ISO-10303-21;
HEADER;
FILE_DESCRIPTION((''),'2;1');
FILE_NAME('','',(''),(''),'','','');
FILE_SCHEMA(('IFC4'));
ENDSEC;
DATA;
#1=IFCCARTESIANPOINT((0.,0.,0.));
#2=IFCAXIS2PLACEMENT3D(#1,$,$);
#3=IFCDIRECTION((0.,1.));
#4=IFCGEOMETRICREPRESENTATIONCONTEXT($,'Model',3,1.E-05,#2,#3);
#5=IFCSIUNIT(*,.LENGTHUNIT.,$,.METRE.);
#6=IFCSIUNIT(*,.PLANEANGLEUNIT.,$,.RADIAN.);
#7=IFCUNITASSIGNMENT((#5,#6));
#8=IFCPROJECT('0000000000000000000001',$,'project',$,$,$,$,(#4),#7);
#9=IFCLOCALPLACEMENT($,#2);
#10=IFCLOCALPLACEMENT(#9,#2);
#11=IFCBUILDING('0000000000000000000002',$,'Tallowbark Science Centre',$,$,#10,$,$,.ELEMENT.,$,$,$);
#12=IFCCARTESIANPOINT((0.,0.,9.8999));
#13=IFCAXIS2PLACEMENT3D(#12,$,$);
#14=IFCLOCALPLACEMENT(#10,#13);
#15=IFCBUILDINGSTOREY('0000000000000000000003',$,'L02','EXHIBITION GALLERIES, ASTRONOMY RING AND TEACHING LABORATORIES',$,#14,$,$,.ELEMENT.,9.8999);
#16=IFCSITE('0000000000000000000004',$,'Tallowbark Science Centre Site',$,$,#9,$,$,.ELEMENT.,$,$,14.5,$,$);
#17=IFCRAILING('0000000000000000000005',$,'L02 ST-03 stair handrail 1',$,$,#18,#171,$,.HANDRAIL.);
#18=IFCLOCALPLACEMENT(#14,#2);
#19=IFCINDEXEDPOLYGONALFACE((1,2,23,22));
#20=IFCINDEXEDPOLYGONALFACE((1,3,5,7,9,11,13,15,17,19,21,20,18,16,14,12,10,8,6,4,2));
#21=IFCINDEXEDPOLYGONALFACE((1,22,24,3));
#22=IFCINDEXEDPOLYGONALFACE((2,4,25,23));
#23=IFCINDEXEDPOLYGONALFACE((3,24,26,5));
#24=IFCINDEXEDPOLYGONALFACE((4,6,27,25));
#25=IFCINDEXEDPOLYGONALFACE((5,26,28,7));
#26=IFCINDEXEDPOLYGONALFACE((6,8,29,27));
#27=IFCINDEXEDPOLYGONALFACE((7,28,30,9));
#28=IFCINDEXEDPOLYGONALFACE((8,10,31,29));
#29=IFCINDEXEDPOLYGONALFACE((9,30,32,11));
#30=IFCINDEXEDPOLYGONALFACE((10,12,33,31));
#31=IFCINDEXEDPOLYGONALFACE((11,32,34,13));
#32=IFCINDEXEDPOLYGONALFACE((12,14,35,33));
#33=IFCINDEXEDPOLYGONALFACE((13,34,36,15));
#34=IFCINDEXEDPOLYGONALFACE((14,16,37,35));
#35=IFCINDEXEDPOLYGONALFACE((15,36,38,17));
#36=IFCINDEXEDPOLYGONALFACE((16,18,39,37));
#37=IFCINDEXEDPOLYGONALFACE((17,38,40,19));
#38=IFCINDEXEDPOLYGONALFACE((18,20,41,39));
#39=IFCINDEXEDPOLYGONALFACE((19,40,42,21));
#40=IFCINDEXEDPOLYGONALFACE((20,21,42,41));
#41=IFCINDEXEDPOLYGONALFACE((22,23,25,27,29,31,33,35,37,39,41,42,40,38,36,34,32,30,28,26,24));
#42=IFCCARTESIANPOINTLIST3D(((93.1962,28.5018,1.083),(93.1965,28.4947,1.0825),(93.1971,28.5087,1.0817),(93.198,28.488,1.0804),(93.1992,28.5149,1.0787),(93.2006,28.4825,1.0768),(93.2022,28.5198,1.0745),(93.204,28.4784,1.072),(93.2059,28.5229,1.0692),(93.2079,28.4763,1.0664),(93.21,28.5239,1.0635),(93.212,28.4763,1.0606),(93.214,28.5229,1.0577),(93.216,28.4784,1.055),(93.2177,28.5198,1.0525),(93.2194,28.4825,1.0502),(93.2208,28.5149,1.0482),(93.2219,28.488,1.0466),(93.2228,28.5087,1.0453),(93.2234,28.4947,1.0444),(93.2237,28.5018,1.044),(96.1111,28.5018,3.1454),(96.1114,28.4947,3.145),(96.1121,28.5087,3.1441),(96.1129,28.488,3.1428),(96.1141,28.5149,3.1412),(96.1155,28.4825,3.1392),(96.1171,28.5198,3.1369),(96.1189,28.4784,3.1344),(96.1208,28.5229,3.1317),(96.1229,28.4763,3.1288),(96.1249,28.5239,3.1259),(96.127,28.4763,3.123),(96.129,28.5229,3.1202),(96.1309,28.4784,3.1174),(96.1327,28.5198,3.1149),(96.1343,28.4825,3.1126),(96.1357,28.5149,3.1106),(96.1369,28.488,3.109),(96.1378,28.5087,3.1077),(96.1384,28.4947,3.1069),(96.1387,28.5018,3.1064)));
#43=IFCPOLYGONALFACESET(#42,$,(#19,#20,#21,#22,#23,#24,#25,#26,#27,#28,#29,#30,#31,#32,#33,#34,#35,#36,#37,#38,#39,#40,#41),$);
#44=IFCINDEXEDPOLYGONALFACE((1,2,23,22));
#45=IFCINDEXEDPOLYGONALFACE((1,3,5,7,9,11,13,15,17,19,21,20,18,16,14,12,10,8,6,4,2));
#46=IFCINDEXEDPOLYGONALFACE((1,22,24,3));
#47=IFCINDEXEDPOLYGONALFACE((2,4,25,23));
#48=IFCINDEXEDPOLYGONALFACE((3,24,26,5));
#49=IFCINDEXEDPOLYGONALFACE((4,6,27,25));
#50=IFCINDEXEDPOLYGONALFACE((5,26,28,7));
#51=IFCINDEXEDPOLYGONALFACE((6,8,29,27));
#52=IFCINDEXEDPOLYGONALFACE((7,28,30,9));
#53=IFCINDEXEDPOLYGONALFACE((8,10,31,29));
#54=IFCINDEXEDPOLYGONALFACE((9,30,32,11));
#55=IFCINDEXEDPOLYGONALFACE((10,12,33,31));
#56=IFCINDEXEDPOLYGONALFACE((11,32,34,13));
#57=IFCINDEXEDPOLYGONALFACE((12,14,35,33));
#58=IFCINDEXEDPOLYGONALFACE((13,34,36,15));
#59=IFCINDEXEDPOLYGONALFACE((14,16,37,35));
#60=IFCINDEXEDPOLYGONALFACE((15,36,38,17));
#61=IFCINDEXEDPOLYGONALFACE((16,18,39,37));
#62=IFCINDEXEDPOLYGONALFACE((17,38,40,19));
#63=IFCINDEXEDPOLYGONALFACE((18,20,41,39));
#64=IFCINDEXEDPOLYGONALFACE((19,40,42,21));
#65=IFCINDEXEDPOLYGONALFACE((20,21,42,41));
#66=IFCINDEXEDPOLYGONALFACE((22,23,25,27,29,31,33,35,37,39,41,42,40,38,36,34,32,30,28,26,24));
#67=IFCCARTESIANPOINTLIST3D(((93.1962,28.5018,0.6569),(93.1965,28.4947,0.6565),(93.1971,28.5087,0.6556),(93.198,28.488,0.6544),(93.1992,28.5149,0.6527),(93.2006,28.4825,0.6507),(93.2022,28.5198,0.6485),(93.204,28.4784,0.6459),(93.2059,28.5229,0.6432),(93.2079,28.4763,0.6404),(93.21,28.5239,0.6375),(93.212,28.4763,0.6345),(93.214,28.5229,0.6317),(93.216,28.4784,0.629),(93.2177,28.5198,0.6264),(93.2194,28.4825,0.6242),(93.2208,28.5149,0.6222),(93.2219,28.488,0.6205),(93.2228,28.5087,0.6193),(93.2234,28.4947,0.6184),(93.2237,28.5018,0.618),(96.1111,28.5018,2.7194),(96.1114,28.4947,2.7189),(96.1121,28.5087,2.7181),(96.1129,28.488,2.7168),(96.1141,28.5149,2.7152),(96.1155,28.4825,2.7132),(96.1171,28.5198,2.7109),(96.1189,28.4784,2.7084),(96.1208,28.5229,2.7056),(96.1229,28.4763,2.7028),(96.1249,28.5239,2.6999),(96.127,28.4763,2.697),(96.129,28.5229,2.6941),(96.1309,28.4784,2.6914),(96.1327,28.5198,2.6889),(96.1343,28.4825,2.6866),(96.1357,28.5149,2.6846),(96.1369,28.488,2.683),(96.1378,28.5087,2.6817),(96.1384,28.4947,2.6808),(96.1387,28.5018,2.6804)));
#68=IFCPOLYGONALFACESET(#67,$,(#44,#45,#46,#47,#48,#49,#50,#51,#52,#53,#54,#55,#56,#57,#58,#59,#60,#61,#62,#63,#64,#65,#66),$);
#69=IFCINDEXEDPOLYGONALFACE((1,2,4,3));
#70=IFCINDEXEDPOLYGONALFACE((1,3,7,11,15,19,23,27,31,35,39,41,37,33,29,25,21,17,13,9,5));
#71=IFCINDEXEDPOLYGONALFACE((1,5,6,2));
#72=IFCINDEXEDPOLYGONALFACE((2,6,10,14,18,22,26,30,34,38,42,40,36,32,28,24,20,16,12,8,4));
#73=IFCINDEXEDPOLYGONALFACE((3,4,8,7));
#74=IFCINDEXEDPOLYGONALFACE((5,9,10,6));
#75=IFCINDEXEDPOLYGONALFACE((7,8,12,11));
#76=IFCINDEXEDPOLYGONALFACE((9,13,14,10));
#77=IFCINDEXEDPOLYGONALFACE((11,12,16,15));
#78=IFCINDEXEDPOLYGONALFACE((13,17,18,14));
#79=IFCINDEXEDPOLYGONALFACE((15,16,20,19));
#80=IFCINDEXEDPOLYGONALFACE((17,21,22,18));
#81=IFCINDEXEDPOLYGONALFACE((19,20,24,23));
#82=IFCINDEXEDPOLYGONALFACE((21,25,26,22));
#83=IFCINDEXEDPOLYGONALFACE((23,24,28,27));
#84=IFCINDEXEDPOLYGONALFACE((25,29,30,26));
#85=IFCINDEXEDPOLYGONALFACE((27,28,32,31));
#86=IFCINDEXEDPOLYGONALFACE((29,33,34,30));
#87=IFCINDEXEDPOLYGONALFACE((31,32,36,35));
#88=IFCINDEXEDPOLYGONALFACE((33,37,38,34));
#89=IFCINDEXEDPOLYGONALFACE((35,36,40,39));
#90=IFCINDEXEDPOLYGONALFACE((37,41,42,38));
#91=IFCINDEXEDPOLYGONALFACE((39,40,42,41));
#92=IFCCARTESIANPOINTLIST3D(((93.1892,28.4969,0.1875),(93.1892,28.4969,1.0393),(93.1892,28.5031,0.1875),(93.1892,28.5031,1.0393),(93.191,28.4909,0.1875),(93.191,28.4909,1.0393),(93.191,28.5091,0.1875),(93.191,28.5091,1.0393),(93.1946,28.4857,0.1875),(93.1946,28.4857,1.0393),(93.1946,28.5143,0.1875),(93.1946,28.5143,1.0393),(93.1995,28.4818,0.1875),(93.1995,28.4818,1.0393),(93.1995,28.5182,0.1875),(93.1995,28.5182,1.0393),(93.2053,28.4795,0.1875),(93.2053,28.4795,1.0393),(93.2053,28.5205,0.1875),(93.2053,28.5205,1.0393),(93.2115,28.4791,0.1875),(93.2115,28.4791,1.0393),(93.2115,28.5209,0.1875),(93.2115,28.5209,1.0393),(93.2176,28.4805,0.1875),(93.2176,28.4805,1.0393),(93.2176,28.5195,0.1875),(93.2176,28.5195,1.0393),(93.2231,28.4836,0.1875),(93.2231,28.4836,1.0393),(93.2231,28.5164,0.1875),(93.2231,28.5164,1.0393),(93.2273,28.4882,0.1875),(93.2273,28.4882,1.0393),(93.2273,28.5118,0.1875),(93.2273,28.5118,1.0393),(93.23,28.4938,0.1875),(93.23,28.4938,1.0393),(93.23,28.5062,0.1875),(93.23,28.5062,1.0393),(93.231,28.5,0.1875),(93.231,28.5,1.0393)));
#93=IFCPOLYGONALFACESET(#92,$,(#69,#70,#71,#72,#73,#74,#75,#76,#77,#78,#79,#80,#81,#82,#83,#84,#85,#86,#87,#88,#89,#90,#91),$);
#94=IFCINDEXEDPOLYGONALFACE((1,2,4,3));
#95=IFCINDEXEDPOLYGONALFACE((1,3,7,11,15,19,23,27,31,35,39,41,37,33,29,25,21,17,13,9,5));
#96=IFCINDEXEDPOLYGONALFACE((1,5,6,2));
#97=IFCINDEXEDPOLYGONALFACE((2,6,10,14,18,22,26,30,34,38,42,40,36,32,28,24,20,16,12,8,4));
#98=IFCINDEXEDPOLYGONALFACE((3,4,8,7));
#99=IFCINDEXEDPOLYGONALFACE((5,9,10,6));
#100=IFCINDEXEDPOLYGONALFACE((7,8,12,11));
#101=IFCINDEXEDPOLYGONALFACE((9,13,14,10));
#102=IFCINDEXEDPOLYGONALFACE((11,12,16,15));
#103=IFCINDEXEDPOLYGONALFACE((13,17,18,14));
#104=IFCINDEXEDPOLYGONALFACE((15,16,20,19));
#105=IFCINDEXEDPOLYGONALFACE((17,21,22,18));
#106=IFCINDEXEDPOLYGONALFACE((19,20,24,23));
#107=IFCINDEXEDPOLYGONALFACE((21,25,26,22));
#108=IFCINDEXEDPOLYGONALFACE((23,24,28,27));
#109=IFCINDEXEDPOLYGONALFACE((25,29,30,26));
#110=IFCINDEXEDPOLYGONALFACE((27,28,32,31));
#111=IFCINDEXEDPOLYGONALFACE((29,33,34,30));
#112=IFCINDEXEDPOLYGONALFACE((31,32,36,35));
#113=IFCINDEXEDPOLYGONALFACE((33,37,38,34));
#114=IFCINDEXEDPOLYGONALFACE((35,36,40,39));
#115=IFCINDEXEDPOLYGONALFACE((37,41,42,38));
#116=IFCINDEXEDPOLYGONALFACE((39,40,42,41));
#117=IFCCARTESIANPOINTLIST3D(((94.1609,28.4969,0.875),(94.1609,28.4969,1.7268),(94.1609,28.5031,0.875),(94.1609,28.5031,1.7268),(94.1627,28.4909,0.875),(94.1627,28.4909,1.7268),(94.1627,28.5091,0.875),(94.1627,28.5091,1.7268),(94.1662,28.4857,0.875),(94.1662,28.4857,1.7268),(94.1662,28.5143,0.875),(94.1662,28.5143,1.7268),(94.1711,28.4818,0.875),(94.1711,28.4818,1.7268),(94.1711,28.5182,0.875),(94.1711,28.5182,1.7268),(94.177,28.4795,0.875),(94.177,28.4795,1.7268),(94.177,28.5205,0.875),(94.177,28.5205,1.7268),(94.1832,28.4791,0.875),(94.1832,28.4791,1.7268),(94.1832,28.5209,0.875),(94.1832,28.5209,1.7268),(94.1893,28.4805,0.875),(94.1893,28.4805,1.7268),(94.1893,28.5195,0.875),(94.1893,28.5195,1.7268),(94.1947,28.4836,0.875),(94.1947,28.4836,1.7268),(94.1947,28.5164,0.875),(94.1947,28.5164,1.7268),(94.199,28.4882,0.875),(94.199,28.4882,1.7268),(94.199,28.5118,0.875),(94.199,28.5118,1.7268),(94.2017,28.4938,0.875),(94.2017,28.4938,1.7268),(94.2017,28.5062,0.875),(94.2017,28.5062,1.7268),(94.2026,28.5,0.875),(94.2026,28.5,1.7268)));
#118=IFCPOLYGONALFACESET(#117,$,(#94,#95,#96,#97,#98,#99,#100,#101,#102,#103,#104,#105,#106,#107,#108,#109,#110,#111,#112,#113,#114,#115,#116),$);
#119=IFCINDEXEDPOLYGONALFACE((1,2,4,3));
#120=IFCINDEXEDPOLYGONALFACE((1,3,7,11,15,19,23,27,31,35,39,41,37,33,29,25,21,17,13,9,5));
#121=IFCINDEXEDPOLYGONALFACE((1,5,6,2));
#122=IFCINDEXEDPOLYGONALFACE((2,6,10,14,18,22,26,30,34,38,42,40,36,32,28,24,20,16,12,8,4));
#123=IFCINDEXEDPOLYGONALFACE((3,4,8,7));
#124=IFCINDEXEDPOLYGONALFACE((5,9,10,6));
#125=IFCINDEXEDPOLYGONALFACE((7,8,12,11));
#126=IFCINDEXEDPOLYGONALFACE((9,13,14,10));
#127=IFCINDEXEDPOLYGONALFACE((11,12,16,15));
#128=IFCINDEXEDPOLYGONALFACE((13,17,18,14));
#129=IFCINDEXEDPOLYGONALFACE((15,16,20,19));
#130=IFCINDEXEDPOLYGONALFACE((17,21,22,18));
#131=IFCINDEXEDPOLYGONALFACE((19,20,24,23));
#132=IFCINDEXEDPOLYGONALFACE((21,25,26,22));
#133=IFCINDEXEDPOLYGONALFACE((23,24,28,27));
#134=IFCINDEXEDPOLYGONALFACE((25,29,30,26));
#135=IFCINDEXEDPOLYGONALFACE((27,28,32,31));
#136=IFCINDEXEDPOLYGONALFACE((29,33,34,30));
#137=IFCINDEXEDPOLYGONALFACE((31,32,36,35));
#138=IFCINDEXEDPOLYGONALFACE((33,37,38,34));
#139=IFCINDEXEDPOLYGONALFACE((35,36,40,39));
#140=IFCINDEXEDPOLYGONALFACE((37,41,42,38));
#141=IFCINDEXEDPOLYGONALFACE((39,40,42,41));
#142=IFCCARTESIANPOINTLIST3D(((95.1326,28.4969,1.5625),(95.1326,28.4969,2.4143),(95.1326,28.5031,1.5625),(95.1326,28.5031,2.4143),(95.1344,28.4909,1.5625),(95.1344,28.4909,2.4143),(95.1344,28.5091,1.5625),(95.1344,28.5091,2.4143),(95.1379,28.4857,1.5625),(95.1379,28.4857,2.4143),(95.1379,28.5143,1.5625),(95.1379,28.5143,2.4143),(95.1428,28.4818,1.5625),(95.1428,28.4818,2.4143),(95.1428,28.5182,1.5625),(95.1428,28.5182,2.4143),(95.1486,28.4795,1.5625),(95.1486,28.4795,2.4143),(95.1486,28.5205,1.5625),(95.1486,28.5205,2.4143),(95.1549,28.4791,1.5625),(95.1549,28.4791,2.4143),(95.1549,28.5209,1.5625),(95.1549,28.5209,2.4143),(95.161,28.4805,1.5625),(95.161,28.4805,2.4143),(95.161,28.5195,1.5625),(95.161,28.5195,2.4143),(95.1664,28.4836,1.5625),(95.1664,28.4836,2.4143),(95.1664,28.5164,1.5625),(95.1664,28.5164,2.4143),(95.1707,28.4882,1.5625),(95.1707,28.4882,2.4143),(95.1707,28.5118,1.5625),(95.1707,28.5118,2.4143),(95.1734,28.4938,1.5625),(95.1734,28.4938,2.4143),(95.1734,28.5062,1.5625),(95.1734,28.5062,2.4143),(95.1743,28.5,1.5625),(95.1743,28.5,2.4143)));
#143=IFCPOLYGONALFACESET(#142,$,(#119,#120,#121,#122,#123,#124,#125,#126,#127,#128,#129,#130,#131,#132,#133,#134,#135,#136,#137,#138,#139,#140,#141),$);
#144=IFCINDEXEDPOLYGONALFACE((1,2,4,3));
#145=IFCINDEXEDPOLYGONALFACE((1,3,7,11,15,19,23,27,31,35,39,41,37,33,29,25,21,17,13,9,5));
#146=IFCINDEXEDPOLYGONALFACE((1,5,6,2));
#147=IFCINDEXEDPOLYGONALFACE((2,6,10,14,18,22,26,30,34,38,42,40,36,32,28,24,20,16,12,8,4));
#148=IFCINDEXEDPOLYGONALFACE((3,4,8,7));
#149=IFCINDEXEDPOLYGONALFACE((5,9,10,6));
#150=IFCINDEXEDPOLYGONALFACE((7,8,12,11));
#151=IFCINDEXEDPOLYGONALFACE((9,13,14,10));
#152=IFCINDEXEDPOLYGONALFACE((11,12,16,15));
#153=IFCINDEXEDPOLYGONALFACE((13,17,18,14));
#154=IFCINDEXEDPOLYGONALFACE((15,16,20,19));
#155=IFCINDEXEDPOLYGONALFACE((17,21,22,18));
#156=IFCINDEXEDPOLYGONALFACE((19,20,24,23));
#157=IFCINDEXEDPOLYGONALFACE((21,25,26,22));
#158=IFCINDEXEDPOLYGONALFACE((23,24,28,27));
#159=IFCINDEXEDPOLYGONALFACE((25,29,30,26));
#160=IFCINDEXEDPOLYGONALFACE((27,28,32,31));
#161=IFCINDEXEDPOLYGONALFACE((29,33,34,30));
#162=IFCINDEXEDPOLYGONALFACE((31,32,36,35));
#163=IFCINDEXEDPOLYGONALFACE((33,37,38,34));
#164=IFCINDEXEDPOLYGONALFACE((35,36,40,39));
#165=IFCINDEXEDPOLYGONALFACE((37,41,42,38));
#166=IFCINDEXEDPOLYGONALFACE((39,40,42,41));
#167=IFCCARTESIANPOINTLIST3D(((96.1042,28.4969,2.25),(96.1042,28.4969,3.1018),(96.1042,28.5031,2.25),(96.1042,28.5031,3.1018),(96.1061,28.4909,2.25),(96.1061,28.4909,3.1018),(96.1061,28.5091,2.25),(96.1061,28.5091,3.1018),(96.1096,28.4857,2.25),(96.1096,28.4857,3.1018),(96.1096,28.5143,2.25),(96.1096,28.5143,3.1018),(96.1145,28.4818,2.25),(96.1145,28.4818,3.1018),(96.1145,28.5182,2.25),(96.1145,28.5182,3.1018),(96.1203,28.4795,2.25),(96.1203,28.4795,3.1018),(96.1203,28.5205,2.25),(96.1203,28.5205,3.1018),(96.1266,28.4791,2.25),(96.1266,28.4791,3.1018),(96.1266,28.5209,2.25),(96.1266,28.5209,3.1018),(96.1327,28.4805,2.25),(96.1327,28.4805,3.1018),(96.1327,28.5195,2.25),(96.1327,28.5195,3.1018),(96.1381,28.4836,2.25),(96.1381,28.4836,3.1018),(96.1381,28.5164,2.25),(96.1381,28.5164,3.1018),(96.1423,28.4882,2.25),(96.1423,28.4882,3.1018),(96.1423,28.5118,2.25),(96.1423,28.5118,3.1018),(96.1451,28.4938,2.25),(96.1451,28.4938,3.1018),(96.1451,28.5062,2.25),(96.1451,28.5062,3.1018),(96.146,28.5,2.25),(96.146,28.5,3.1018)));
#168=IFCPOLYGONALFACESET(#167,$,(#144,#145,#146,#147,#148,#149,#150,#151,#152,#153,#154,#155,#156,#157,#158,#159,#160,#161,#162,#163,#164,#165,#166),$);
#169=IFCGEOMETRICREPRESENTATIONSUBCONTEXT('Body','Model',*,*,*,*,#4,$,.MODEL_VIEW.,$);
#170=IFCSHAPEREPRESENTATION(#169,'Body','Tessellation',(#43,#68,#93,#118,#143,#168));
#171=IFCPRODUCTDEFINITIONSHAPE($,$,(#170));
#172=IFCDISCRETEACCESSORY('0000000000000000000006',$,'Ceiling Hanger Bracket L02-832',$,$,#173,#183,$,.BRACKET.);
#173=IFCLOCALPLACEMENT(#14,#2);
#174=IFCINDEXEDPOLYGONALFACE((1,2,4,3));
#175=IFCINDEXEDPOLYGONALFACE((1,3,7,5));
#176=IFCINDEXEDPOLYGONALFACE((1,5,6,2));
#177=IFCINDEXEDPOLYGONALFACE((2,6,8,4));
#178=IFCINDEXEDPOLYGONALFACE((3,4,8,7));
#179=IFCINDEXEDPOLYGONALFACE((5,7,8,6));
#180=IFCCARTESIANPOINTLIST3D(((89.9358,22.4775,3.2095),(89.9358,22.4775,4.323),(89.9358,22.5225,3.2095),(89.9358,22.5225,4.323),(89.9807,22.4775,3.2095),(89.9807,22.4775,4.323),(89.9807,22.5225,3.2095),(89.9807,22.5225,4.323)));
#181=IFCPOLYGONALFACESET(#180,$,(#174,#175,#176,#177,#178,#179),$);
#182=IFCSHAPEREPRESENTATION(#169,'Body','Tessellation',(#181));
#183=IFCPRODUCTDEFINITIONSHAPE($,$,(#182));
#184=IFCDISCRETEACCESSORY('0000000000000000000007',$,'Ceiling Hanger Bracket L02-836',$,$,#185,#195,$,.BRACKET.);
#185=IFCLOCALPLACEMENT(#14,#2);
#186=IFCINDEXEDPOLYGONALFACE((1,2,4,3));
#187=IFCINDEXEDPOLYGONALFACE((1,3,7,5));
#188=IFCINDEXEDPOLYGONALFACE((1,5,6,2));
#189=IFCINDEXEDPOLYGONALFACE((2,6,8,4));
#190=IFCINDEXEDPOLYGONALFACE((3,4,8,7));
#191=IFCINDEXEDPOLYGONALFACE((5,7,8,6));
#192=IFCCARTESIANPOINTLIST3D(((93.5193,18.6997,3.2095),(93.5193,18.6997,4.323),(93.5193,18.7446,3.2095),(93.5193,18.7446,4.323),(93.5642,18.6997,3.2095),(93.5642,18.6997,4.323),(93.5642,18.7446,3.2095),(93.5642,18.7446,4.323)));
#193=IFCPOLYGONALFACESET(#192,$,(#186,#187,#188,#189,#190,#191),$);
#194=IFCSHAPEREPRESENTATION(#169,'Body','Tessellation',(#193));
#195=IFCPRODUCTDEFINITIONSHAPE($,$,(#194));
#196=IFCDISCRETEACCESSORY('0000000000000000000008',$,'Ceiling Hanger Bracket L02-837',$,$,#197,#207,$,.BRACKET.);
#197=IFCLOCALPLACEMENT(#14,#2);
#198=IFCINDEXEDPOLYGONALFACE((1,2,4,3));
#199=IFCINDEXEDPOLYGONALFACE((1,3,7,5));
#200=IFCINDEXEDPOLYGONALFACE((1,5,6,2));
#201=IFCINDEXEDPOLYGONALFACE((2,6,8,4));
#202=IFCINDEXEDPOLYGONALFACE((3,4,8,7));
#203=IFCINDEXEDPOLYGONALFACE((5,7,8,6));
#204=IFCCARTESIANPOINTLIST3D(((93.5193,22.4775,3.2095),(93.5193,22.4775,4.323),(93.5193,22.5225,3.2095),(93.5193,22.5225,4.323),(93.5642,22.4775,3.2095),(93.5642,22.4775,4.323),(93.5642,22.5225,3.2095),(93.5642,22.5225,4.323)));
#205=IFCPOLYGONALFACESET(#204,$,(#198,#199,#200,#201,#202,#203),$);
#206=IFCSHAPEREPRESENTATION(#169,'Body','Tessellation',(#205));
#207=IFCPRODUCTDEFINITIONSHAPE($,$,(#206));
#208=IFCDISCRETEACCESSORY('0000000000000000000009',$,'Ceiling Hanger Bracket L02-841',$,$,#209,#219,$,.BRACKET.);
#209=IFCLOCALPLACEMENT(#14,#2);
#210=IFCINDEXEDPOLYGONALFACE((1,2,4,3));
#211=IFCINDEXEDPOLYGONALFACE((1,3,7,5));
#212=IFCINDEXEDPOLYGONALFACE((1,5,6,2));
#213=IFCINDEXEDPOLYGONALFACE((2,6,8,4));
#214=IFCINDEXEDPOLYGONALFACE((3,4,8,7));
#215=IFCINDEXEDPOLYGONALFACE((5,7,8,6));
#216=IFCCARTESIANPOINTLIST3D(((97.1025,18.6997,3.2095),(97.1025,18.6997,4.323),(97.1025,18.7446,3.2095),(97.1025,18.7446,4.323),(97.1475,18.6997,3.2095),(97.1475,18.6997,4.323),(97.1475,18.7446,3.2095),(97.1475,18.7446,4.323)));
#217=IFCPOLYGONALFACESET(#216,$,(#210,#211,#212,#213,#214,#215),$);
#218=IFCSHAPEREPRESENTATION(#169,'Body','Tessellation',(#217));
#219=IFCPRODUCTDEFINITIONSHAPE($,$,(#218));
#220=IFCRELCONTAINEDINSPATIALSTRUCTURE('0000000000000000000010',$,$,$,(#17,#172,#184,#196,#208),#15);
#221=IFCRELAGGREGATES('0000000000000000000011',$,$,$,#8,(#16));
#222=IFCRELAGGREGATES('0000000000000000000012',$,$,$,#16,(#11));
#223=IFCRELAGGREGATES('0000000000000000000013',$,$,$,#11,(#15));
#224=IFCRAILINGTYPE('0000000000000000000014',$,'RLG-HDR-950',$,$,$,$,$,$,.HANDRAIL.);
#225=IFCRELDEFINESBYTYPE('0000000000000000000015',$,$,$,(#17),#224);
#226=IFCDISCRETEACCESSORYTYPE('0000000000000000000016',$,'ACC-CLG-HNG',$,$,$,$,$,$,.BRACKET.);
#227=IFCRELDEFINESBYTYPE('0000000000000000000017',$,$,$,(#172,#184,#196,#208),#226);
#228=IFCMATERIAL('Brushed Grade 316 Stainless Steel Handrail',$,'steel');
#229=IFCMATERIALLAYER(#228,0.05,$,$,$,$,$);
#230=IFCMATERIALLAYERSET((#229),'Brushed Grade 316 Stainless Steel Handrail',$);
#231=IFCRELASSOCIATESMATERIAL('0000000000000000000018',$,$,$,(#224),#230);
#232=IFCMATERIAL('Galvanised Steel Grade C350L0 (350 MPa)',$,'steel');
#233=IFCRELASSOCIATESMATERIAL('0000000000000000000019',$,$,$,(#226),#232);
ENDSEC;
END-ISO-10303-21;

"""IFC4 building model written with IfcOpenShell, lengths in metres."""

from ifc_helpers import new_model, si_unit, direction, frame, origin, origin_2d, place, context, subcontext, project, spatial, rectangle, circle, extrude, material, layer, layer_set, type_object, element, save


model = new_model("IFC4")

# Units and contexts
model_context = context("Model", 3, precision=1e-05, world=origin(), true_north=direction((0.0, 1.0)))
body_context = subcontext(model_context, "Body", "Model", "MODEL_VIEW")
ifc_project = project(units=[si_unit("LENGTHUNIT", "METRE"), si_unit("PLANEANGLEUNIT", "RADIAN")], contexts=[model_context])

# Site, building, storey
site_placement = place(None, origin())
site = spatial("IfcSite", under=ifc_project, at=site_placement, Name="Tallowbark Science Centre Site", CompositionType="ELEMENT", RefElevation=14.5)
building_placement = place(site_placement, origin())
building = spatial("IfcBuilding", under=site, at=building_placement, Name="Tallowbark Science Centre", CompositionType="ELEMENT")
storey_placement = place(building_placement, frame((0.0, 0.0, 9.8999)))
storey = spatial("IfcBuildingStorey", under=building, at=storey_placement, Name="L02", Description="EXHIBITION GALLERIES, ASTRONOMY RING AND TEACHING LABORATORIES", CompositionType="ELEMENT", Elevation=9.8999)

# Railing
ifc_material_1 = material(Name="Brushed Grade 316 Stainless Steel Handrail", Category="steel")
ifc_layer_1 = layer(ifc_material_1, 0.05)
ifc_layer_set_1 = layer_set([ifc_layer_1], Name="Brushed Grade 316 Stainless Steel Handrail")
railing_type_1 = type_object("IfcRailingType", Name="RLG-HDR-950", PredefinedType="HANDRAIL", material=ifc_layer_set_1)
railing_1_placement = place(storey_placement, frame((93.21, 28.5, 0.1875)))
element("IfcRailing", 1, at=railing_1_placement, inside=storey, type_object=railing_type_1, Name="L02 ST-03 stair handrail 1", PredefinedType="HANDRAIL", context=body_context, shape_type="SweptSolid", body=[
    extrude(circle(Radius=0.0239, at=origin_2d()), frame((0.0, 0.0, 0.876), z_axis=(0.816331, 0.0, 0.577585), x_axis=(0.0, 1.0, 0.0)), (0.0, 0.0, 1.0), 3.5708),
    extrude(circle(Radius=0.0239, at=origin_2d()), frame((0.0, 0.0, 0.45), z_axis=(0.816331, 0.0, 0.577585), x_axis=(0.0, 1.0, 0.0)), (0.0, 0.0, 1.0), 3.5708),
    extrude(circle(Radius=0.021, at=origin_2d()), origin(), (0.0, 0.0, 1.0), 0.8518),
    extrude(circle(Radius=0.021, at=origin_2d()), frame((0.9717, 0.0, 0.6875)), (0.0, 0.0, 1.0), 0.8518),
    extrude(circle(Radius=0.021, at=origin_2d()), frame((1.9434, 0.0, 1.375)), (0.0, 0.0, 1.0), 0.8518),
    extrude(circle(Radius=0.021, at=origin_2d()), frame((2.915, 0.0, 2.0625)), (0.0, 0.0, 1.0), 0.8518),
])

# Discrete accessories
ifc_material_2 = material(Name="Galvanised Steel Grade C350L0 (350 MPa)", Category="steel")
discrete_accessory_type = type_object("IfcDiscreteAccessoryType", Name="ACC-CLG-HNG", PredefinedType="BRACKET", material=ifc_material_2)
for number, where, z_axis, x_axis, name in (
    (2, (89.9583, 22.5, 3.2095), (0.0, 0.0, 1.0), (1.0, 0.0, 0.0), "Ceiling Hanger Bracket L02-832"),
    (3, (93.5417, 18.7222, 3.2095), (0.0, 0.0, 1.0), (1.0, 0.0, 0.0), "Ceiling Hanger Bracket L02-836"),
    (4, (93.5417, 22.5, 3.2095), (0.0, 0.0, 1.0), (1.0, 0.0, 0.0), "Ceiling Hanger Bracket L02-837"),
    (5, (97.125, 18.7222, 3.2095), (0.0, 0.0, 1.0), (1.0, 0.0, 0.0), "Ceiling Hanger Bracket L02-841"),
):
    element("IfcDiscreteAccessory", number, at=place(storey_placement, frame(where, z_axis=z_axis, x_axis=x_axis)), inside=storey, type_object=discrete_accessory_type, Name=name, PredefinedType="BRACKET", context=body_context, shape_type="SweptSolid", body=[
        extrude(rectangle(XDim=0.0449, YDim=0.0449, at=origin_2d()), origin(), (0.0, 0.0, 1.0), 1.1135),
    ])

save(model, "model.ifc")
